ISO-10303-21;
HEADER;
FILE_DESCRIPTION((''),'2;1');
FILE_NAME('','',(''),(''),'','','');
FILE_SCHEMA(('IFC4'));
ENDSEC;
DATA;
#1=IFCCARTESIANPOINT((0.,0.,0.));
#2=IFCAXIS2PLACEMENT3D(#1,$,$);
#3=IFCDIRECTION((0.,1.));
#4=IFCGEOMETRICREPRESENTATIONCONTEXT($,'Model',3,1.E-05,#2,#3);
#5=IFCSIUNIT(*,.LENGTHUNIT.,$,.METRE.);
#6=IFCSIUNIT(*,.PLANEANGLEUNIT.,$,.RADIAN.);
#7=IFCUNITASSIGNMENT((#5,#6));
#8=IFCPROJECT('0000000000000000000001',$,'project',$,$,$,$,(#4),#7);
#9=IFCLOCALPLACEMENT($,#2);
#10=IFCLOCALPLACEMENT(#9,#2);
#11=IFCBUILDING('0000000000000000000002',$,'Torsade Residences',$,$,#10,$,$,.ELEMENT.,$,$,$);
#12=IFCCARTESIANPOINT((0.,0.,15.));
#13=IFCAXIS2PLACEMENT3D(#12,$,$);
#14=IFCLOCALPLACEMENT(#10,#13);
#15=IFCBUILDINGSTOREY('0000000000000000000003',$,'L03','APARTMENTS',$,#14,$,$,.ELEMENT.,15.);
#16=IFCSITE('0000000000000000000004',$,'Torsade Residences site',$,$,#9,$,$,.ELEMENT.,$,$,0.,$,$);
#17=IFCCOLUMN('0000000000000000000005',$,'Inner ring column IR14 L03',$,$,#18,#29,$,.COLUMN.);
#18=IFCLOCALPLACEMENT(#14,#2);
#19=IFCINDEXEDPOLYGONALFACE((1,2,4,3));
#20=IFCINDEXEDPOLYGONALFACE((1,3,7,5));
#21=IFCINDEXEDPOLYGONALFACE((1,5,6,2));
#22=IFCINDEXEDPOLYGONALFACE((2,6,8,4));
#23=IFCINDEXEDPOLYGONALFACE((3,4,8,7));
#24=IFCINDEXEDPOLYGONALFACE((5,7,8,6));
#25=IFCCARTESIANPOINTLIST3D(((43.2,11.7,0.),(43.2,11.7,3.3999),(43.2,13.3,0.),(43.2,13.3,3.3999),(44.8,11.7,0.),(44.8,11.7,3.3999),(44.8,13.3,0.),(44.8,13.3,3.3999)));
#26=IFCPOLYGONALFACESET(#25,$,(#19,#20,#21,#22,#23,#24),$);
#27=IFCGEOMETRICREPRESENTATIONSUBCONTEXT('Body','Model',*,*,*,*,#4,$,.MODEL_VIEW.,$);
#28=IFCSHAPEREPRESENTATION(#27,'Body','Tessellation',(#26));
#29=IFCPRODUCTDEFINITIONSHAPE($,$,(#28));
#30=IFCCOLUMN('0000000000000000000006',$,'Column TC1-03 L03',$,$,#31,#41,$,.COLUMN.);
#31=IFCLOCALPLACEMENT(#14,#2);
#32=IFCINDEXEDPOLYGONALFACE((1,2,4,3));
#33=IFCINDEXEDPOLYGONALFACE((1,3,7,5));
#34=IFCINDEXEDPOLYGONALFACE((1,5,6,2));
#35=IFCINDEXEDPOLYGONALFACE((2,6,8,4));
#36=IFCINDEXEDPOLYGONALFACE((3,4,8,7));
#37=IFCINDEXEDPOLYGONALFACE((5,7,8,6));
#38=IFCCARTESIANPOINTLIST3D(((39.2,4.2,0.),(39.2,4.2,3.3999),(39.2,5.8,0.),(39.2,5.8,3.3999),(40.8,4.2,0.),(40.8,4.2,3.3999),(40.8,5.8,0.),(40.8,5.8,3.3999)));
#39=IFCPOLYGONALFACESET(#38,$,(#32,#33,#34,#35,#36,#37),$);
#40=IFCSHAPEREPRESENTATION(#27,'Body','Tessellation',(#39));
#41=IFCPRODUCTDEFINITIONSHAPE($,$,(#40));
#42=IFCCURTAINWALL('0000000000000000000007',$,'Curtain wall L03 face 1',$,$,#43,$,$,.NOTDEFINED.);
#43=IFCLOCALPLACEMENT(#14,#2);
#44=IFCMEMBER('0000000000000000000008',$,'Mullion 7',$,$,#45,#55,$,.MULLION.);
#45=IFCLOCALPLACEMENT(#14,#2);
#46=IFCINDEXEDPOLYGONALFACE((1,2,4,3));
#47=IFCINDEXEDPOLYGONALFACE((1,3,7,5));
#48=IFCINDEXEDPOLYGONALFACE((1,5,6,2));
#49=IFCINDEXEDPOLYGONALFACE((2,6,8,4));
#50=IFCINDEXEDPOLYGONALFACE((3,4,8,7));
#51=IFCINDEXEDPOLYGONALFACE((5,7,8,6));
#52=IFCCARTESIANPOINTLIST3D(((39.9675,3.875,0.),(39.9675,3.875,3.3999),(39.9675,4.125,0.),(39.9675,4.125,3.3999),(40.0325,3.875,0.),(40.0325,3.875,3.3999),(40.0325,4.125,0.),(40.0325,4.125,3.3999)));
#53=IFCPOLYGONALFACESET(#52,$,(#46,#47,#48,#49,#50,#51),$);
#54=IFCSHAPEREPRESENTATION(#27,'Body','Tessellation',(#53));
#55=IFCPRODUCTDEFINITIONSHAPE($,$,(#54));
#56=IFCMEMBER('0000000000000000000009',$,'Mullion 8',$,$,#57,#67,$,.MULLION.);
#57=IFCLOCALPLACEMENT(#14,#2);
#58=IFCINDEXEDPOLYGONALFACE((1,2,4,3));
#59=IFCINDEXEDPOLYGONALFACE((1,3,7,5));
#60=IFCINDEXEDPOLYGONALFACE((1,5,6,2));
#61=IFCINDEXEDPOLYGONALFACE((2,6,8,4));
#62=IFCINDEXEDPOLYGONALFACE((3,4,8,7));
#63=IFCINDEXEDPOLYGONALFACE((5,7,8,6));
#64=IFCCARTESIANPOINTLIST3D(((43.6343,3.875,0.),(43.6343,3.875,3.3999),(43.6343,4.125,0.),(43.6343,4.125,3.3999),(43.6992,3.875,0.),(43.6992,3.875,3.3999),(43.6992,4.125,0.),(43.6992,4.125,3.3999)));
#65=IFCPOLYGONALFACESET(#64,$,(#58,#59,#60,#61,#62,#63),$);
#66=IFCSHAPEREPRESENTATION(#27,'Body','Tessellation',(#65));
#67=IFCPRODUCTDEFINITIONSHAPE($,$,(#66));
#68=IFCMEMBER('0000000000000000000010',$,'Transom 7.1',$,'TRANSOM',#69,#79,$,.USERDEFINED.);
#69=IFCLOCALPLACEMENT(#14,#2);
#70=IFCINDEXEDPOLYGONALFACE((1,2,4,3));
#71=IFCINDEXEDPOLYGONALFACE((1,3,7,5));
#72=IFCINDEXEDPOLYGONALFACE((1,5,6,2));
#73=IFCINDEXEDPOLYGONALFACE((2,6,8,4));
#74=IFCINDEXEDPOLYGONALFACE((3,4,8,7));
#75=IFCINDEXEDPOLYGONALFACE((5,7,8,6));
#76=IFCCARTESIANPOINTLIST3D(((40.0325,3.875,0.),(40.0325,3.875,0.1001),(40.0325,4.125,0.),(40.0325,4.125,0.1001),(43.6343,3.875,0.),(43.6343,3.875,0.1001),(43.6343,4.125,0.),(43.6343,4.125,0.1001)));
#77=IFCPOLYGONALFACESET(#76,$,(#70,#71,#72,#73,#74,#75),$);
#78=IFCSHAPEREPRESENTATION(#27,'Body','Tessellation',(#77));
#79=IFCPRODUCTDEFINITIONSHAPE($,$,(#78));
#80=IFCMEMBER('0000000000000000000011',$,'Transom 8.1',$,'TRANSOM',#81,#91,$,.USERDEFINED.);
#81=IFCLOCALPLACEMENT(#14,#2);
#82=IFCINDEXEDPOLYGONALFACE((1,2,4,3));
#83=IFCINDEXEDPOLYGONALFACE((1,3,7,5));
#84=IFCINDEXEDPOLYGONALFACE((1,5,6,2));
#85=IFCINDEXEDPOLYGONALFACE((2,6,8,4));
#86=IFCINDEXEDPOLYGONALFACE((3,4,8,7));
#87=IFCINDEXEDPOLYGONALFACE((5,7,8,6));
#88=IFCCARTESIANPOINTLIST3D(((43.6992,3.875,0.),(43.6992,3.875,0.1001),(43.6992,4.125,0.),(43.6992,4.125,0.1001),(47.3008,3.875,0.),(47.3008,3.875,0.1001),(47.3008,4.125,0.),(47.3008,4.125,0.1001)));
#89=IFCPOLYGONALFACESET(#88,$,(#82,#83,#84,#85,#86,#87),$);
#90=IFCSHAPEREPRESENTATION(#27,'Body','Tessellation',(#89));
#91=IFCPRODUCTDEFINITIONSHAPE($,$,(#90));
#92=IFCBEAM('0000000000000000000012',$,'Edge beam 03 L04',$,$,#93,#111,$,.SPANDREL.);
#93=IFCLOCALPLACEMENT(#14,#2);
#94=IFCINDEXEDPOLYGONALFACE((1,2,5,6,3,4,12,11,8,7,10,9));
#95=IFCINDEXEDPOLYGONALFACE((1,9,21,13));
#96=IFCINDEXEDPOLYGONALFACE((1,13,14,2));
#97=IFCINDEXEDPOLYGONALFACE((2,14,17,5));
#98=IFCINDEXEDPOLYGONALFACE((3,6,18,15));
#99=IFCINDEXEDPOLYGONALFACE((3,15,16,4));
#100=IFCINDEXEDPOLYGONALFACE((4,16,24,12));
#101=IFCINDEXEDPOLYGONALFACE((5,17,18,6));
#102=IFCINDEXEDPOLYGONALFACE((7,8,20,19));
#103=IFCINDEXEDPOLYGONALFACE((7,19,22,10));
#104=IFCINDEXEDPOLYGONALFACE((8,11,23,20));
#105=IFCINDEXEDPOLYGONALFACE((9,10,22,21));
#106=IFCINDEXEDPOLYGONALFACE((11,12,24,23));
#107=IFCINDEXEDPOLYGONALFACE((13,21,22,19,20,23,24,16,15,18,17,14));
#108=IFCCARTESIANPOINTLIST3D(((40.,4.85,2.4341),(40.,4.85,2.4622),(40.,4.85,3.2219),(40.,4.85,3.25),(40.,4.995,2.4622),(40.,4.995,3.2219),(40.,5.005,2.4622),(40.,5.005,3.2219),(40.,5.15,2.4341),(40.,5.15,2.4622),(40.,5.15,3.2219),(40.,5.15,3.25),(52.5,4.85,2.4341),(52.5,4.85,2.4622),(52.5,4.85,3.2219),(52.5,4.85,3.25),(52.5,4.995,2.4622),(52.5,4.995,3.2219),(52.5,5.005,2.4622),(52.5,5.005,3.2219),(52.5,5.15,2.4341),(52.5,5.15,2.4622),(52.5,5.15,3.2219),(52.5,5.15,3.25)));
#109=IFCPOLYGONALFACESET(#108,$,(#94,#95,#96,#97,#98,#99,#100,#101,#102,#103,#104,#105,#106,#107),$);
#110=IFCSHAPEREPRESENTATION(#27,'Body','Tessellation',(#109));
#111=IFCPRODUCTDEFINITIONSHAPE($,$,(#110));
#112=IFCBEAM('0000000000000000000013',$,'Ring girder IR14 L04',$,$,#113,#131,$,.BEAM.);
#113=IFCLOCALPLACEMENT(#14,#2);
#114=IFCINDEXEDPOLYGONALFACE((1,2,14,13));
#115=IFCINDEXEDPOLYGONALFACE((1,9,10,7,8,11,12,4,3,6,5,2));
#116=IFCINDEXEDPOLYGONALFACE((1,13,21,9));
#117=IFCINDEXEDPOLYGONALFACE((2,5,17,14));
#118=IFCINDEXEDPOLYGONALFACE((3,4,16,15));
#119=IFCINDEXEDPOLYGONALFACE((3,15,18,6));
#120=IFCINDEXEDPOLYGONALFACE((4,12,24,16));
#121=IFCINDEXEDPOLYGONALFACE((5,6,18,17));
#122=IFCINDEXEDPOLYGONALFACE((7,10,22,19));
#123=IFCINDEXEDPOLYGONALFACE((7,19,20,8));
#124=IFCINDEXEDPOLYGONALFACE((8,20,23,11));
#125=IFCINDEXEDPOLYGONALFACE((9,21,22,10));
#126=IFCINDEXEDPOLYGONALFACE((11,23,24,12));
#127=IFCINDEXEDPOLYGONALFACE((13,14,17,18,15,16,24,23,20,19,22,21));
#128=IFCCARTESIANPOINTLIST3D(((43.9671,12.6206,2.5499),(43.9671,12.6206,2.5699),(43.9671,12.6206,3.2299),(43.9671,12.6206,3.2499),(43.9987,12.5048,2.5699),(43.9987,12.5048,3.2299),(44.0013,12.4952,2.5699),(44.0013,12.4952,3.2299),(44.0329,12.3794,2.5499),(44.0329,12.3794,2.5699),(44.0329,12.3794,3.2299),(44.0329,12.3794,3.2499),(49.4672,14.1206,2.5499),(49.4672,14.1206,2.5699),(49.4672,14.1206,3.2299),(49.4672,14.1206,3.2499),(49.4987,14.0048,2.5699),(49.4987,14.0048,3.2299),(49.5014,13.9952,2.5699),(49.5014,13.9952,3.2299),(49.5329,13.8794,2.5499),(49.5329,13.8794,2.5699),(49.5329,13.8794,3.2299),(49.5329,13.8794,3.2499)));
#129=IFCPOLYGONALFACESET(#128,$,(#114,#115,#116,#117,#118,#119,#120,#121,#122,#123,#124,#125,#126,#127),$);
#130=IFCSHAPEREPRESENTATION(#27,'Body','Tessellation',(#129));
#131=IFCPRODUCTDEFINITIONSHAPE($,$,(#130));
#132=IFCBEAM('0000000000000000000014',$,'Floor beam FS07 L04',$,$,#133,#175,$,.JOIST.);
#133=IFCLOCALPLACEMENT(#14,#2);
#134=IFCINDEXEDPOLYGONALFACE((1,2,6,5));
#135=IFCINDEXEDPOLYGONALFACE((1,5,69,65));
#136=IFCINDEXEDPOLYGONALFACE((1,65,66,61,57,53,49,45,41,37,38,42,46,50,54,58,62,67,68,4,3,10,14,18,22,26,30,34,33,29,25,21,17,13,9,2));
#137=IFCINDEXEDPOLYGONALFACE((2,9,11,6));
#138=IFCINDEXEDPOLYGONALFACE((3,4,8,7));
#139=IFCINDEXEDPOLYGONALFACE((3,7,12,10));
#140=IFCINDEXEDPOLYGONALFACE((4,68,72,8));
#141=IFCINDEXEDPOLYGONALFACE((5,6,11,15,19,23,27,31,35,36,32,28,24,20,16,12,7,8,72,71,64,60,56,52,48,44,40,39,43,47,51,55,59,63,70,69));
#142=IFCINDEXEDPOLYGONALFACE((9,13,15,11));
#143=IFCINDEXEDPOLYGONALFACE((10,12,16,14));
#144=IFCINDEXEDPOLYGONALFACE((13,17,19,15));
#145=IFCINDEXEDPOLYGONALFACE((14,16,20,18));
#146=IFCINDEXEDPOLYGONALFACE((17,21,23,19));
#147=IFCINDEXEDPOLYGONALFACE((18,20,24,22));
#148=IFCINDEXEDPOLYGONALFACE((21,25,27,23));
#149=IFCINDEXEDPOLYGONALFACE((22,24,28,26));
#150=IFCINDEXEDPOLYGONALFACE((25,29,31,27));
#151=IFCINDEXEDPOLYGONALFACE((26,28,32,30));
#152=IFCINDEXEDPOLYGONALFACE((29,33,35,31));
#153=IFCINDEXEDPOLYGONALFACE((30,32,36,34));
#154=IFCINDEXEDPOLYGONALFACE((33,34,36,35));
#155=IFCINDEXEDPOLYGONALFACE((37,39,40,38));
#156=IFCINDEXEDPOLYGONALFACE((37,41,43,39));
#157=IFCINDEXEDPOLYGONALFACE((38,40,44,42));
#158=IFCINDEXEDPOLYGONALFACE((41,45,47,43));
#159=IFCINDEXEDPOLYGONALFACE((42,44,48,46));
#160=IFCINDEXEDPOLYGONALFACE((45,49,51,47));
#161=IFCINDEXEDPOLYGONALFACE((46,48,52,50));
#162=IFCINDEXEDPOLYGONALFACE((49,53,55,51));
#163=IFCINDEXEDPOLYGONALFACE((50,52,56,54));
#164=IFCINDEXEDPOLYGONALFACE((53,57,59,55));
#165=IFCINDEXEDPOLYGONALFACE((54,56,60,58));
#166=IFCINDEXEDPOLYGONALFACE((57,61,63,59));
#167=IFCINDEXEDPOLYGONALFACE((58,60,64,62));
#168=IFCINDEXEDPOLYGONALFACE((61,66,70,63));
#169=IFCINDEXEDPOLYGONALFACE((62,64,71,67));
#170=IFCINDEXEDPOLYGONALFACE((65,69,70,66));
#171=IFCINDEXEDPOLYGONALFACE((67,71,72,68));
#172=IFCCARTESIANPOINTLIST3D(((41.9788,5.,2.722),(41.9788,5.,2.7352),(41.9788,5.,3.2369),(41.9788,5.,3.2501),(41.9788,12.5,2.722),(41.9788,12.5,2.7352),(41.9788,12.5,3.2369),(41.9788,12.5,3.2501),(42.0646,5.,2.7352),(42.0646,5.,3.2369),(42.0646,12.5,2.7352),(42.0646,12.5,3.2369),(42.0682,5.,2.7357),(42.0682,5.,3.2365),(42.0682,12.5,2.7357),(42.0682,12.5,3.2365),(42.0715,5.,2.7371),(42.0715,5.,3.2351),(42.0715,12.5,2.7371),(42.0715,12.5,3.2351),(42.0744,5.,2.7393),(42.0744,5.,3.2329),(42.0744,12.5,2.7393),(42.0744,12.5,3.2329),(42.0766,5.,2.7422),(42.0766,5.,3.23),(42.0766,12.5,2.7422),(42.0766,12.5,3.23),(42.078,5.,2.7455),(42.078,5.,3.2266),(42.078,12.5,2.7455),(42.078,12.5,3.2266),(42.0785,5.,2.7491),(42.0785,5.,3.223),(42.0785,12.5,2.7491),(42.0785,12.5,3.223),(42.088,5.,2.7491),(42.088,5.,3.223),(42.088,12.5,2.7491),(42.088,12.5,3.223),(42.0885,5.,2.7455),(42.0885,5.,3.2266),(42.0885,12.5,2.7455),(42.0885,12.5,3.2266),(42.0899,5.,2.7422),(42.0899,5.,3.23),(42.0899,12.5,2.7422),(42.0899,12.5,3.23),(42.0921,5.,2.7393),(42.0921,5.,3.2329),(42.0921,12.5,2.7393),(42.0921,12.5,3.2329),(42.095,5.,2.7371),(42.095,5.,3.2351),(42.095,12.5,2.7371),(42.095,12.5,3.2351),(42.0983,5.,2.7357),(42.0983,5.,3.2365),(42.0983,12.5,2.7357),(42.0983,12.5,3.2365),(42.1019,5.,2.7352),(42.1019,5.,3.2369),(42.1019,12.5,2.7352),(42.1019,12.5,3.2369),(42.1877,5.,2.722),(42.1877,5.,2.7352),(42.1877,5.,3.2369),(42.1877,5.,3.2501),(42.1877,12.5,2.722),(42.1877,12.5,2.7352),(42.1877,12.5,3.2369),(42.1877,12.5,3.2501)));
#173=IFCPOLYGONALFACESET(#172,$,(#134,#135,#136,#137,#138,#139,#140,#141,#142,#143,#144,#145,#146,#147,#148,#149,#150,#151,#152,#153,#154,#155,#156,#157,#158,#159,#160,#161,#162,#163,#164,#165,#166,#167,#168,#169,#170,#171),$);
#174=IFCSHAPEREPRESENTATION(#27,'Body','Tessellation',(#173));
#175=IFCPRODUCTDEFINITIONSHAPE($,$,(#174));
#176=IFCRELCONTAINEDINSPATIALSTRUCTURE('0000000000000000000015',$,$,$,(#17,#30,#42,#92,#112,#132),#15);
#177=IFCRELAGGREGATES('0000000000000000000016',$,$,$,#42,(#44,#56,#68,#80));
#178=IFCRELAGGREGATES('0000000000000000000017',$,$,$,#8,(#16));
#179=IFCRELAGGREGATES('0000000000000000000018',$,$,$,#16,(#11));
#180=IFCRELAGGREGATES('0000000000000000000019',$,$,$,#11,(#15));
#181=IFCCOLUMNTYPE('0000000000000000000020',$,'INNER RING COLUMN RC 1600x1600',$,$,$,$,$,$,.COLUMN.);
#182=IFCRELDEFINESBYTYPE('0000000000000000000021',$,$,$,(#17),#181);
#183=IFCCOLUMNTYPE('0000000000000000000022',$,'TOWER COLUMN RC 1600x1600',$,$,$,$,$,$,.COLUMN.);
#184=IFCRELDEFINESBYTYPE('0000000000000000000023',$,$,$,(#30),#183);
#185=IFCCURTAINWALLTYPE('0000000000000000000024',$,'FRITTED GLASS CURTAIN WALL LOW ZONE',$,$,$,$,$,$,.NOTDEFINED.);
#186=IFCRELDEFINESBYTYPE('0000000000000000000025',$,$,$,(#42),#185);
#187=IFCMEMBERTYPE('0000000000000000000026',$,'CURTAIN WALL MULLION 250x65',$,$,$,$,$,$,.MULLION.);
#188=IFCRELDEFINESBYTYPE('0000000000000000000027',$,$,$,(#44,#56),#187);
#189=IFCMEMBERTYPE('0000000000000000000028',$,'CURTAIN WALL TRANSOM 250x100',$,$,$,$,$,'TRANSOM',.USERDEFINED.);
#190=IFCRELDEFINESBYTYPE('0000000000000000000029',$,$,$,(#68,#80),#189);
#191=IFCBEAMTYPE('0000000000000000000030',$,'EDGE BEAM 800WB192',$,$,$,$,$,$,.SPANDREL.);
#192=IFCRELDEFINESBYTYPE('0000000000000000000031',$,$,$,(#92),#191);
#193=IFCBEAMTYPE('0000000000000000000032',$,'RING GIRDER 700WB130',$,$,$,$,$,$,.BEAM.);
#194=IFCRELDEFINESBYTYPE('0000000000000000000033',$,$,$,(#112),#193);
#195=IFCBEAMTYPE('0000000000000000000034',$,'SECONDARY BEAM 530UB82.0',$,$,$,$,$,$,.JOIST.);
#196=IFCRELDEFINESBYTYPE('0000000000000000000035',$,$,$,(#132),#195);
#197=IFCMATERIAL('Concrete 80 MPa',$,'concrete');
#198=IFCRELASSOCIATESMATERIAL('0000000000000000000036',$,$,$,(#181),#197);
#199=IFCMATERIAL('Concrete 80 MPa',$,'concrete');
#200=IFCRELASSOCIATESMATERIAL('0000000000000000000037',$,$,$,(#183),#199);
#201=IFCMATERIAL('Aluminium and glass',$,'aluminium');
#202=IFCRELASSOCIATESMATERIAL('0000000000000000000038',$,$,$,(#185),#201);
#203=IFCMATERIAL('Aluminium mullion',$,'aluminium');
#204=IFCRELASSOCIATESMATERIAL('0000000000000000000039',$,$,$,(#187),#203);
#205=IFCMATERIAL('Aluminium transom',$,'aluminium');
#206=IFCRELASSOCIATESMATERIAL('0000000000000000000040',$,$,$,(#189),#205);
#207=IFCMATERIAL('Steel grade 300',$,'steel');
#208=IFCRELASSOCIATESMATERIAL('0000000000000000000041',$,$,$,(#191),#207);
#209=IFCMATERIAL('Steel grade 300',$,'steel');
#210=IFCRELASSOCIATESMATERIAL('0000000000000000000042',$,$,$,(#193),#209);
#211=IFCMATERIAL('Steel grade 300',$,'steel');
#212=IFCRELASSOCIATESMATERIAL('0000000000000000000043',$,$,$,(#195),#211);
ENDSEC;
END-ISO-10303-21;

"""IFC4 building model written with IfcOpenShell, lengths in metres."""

from ifc_helpers import new_model, si_unit, direction, frame, origin, origin_2d, place, context, subcontext, project, spatial, rectangle, i_section, extrude, material, material_profile, profile_set, type_object, element, aggregate, save


model = new_model("IFC4")

# Units and contexts
model_context = context("Model", 3, precision=1e-05, world=origin(), true_north=direction((0.0, 1.0)))
body_context = subcontext(model_context, "Body", "Model", "MODEL_VIEW")
ifc_project = project(units=[si_unit("LENGTHUNIT", "METRE"), si_unit("PLANEANGLEUNIT", "RADIAN")], contexts=[model_context])

# Site, building, storey
site_placement = place(None, origin())
site = spatial("IfcSite", under=ifc_project, at=site_placement, Name="Torsade Residences site", CompositionType="ELEMENT", RefElevation=0.0)
building_placement = place(site_placement, origin())
building = spatial("IfcBuilding", under=site, at=building_placement, Name="Torsade Residences", CompositionType="ELEMENT")
storey_placement = place(building_placement, frame((0.0, 0.0, 15.0)))
storey = spatial("IfcBuildingStorey", under=building, at=storey_placement, Name="L03", Description="APARTMENTS", CompositionType="ELEMENT", Elevation=15.0)

# Columns
ifc_material_1 = material(Name="Concrete 80 MPa", Category="concrete")
ifc_material_profile_1 = material_profile(ifc_material_1, rectangle(XDim=1.6001, YDim=1.6001, at=origin_2d()), Name="RC 1600x1600")
ifc_profile_set_1 = profile_set([ifc_material_profile_1], Name="Concrete 80 MPa")
column_type_1 = type_object("IfcColumnType", Name="INNER RING COLUMN RC 1600x1600", PredefinedType="COLUMN", material=ifc_profile_set_1)
column_1_placement = place(storey_placement, frame((44.0, 12.5, 0.0), z_axis=(0.0, 0.0, 1.0), x_axis=(1.0, 0.0, 0.0)))
element("IfcColumn", 1, at=column_1_placement, inside=storey, type_object=column_type_1, Name="Inner ring column IR14 L03", PredefinedType="COLUMN", context=body_context, shape_type="SweptSolid", body=[
    extrude(rectangle(XDim=1.6001, YDim=1.6001, at=origin_2d()), origin(), (0.0, 0.0, 1.0), 3.3999),
])
ifc_material_2 = material(Name="Concrete 80 MPa", Category="concrete")
ifc_material_profile_2 = material_profile(ifc_material_2, rectangle(XDim=1.6001, YDim=1.6001, at=origin_2d()), Name="RC 1600x1600")
ifc_profile_set_2 = profile_set([ifc_material_profile_2], Name="Concrete 80 MPa")
column_type_2 = type_object("IfcColumnType", Name="TOWER COLUMN RC 1600x1600", PredefinedType="COLUMN", material=ifc_profile_set_2)
column_2_placement = place(storey_placement, frame((40.0, 5.0, 0.0), z_axis=(0.0, 0.0, 1.0), x_axis=(1.0, 0.0, 0.0)))
element("IfcColumn", 2, at=column_2_placement, inside=storey, type_object=column_type_2, Name="Column TC1-03 L03", PredefinedType="COLUMN", context=body_context, shape_type="SweptSolid", body=[
    extrude(rectangle(XDim=1.6001, YDim=1.6001, at=origin_2d()), origin(), (0.0, 0.0, 1.0), 3.3999),
])

# Curtain wall, members
ifc_material_3 = material(Name="Aluminium and glass", Category="aluminium")
curtain_wall_type = type_object("IfcCurtainWallType", Name="FRITTED GLASS CURTAIN WALL LOW ZONE", PredefinedType="NOTDEFINED", material=ifc_material_3)
curtain_wall_placement = place(storey_placement, origin())
curtain_wall = element("IfcCurtainWall", 3, at=curtain_wall_placement, inside=storey, type_object=curtain_wall_type, Name="Curtain wall L03 face 1", PredefinedType="NOTDEFINED")
ifc_material_4 = material(Name="Aluminium mullion", Category="aluminium")
ifc_material_profile_3 = material_profile(ifc_material_4, rectangle(XDim=0.25, YDim=0.0649, at=origin_2d()), Name="CURTAIN WALL MULLION 250x65")
ifc_profile_set_3 = profile_set([ifc_material_profile_3], Name="Aluminium mullion")
member_type_1 = type_object("IfcMemberType", Name="CURTAIN WALL MULLION 250x65", PredefinedType="MULLION", material=ifc_profile_set_3)
member_1_placement = place(storey_placement, frame((40.0, 4.0, 0.0), z_axis=(0.0, 0.0, 1.0), x_axis=(0.0, 1.0, 0.0)))
member_1 = element("IfcMember", 4, at=member_1_placement, type_object=member_type_1, Name="Mullion 7", PredefinedType="MULLION", context=body_context, shape_type="SweptSolid", body=[
    extrude(rectangle(XDim=0.25, YDim=0.0649, at=origin_2d()), origin(), (0.0, 0.0, 1.0), 3.3999),
])
member_2_placement = place(storey_placement, frame((43.6667, 4.0, 0.0), z_axis=(0.0, 0.0, 1.0), x_axis=(0.0, 1.0, 0.0)))
member_2 = element("IfcMember", 5, at=member_2_placement, type_object=member_type_1, Name="Mullion 8", PredefinedType="MULLION", context=body_context, shape_type="SweptSolid", body=[
    extrude(rectangle(XDim=0.25, YDim=0.0649, at=origin_2d()), origin(), (0.0, 0.0, 1.0), 3.3999),
])
ifc_material_5 = material(Name="Aluminium transom", Category="aluminium")
ifc_material_profile_4 = material_profile(ifc_material_5, rectangle(XDim=0.25, YDim=0.1001, at=origin_2d()), Name="CURTAIN WALL TRANSOM 250x100")
ifc_profile_set_4 = profile_set([ifc_material_profile_4], Name="Aluminium transom")
member_type_2 = type_object("IfcMemberType", Name="CURTAIN WALL TRANSOM 250x100", ElementType="TRANSOM", PredefinedType="USERDEFINED", material=ifc_profile_set_4)
member_3_placement = place(storey_placement, frame((40.0325, 4.0, 0.05), z_axis=(1.0, 0.0, 0.0), x_axis=(0.0, 1.0, 0.0)))
member_3 = element("IfcMember", 6, at=member_3_placement, type_object=member_type_2, Name="Transom 7.1", ObjectType="TRANSOM", PredefinedType="USERDEFINED", context=body_context, shape_type="SweptSolid", body=[
    extrude(rectangle(XDim=0.25, YDim=0.1001, at=origin_2d()), origin(), (0.0, 0.0, 1.0), 3.6018),
])
member_4_placement = place(storey_placement, frame((43.6992, 4.0, 0.05), z_axis=(1.0, 0.0, 0.0), x_axis=(0.0, 1.0, 0.0)))
member_4 = element("IfcMember", 7, at=member_4_placement, type_object=member_type_2, Name="Transom 8.1", ObjectType="TRANSOM", PredefinedType="USERDEFINED", context=body_context, shape_type="SweptSolid", body=[
    extrude(rectangle(XDim=0.25, YDim=0.1001, at=origin_2d()), origin(), (0.0, 0.0, 1.0), 3.6016),
])

# Beams
ifc_material_6 = material(Name="Steel grade 300", Category="steel")
ifc_material_profile_5 = material_profile(ifc_material_6, i_section(OverallWidth=0.3, OverallDepth=0.8159, WebThickness=0.01, FlangeThickness=0.0281, at=origin_2d()), Name="800WB192")
ifc_profile_set_5 = profile_set([ifc_material_profile_5], Name="Steel grade 300")
beam_type_1 = type_object("IfcBeamType", Name="EDGE BEAM 800WB192", PredefinedType="SPANDREL", material=ifc_profile_set_5)
beam_1_placement = place(storey_placement, frame((40.0, 5.0, 2.842), z_axis=(1.0, 0.0, 0.0), x_axis=(0.0, 1.0, 0.0)))
element("IfcBeam", 8, at=beam_1_placement, inside=storey, type_object=beam_type_1, Name="Edge beam 03 L04", PredefinedType="SPANDREL", context=body_context, shape_type="SweptSolid", body=[
    extrude(i_section(OverallWidth=0.3, OverallDepth=0.8159, WebThickness=0.01, FlangeThickness=0.0281, at=origin_2d()), origin(), (0.0, 0.0, 1.0), 12.5),
])
ifc_material_7 = material(Name="Steel grade 300", Category="steel")
ifc_material_profile_6 = material_profile(ifc_material_7, i_section(OverallWidth=0.25, OverallDepth=0.7, WebThickness=0.01, FlangeThickness=0.02, at=origin_2d()), Name="700WB130")
ifc_profile_set_6 = profile_set([ifc_material_profile_6], Name="Steel grade 300")
beam_type_2 = type_object("IfcBeamType", Name="RING GIRDER 700WB130", PredefinedType="BEAM", material=ifc_profile_set_6)
beam_2_placement = place(storey_placement, frame((44.0, 12.5, 2.8999), z_axis=(0.964764, 0.263117, 0.0), x_axis=(-0.263117, 0.964764, 0.0)))
element("IfcBeam", 9, at=beam_2_placement, inside=storey, type_object=beam_type_2, Name="Ring girder IR14 L04", PredefinedType="BEAM", context=body_context, shape_type="SweptSolid", body=[
    extrude(i_section(OverallWidth=0.25, OverallDepth=0.7, WebThickness=0.01, FlangeThickness=0.02, at=origin_2d()), origin(), (0.0, 0.0, 1.0), 5.7009),
])
ifc_material_8 = material(Name="Steel grade 300", Category="steel")
ifc_material_profile_7 = material_profile(ifc_material_8, i_section(OverallWidth=0.209, OverallDepth=0.5281, WebThickness=0.0095, FlangeThickness=0.0132, FilletRadius=0.0139, at=origin_2d()), Name="530UB82.0")
ifc_profile_set_7 = profile_set([ifc_material_profile_7], Name="Steel grade 300")
beam_type_3 = type_object("IfcBeamType", Name="SECONDARY BEAM 530UB82.0", PredefinedType="JOIST", material=ifc_profile_set_7)
beam_3_placement = place(storey_placement, frame((42.0833, 5.0, 2.9861), z_axis=(0.0, 1.0, 0.0), x_axis=(-1.0, 0.0, 0.0)))
element("IfcBeam", 10, at=beam_3_placement, inside=storey, type_object=beam_type_3, Name="Floor beam FS07 L04", PredefinedType="JOIST", context=body_context, shape_type="SweptSolid", body=[
    extrude(i_section(OverallWidth=0.209, OverallDepth=0.5281, WebThickness=0.0095, FlangeThickness=0.0132, FilletRadius=0.0139, at=origin_2d()), origin(), (0.0, 0.0, 1.0), 7.5),
])

aggregate(curtain_wall, [member_1, member_2, member_3, member_4])

save(model, "model.ifc")
